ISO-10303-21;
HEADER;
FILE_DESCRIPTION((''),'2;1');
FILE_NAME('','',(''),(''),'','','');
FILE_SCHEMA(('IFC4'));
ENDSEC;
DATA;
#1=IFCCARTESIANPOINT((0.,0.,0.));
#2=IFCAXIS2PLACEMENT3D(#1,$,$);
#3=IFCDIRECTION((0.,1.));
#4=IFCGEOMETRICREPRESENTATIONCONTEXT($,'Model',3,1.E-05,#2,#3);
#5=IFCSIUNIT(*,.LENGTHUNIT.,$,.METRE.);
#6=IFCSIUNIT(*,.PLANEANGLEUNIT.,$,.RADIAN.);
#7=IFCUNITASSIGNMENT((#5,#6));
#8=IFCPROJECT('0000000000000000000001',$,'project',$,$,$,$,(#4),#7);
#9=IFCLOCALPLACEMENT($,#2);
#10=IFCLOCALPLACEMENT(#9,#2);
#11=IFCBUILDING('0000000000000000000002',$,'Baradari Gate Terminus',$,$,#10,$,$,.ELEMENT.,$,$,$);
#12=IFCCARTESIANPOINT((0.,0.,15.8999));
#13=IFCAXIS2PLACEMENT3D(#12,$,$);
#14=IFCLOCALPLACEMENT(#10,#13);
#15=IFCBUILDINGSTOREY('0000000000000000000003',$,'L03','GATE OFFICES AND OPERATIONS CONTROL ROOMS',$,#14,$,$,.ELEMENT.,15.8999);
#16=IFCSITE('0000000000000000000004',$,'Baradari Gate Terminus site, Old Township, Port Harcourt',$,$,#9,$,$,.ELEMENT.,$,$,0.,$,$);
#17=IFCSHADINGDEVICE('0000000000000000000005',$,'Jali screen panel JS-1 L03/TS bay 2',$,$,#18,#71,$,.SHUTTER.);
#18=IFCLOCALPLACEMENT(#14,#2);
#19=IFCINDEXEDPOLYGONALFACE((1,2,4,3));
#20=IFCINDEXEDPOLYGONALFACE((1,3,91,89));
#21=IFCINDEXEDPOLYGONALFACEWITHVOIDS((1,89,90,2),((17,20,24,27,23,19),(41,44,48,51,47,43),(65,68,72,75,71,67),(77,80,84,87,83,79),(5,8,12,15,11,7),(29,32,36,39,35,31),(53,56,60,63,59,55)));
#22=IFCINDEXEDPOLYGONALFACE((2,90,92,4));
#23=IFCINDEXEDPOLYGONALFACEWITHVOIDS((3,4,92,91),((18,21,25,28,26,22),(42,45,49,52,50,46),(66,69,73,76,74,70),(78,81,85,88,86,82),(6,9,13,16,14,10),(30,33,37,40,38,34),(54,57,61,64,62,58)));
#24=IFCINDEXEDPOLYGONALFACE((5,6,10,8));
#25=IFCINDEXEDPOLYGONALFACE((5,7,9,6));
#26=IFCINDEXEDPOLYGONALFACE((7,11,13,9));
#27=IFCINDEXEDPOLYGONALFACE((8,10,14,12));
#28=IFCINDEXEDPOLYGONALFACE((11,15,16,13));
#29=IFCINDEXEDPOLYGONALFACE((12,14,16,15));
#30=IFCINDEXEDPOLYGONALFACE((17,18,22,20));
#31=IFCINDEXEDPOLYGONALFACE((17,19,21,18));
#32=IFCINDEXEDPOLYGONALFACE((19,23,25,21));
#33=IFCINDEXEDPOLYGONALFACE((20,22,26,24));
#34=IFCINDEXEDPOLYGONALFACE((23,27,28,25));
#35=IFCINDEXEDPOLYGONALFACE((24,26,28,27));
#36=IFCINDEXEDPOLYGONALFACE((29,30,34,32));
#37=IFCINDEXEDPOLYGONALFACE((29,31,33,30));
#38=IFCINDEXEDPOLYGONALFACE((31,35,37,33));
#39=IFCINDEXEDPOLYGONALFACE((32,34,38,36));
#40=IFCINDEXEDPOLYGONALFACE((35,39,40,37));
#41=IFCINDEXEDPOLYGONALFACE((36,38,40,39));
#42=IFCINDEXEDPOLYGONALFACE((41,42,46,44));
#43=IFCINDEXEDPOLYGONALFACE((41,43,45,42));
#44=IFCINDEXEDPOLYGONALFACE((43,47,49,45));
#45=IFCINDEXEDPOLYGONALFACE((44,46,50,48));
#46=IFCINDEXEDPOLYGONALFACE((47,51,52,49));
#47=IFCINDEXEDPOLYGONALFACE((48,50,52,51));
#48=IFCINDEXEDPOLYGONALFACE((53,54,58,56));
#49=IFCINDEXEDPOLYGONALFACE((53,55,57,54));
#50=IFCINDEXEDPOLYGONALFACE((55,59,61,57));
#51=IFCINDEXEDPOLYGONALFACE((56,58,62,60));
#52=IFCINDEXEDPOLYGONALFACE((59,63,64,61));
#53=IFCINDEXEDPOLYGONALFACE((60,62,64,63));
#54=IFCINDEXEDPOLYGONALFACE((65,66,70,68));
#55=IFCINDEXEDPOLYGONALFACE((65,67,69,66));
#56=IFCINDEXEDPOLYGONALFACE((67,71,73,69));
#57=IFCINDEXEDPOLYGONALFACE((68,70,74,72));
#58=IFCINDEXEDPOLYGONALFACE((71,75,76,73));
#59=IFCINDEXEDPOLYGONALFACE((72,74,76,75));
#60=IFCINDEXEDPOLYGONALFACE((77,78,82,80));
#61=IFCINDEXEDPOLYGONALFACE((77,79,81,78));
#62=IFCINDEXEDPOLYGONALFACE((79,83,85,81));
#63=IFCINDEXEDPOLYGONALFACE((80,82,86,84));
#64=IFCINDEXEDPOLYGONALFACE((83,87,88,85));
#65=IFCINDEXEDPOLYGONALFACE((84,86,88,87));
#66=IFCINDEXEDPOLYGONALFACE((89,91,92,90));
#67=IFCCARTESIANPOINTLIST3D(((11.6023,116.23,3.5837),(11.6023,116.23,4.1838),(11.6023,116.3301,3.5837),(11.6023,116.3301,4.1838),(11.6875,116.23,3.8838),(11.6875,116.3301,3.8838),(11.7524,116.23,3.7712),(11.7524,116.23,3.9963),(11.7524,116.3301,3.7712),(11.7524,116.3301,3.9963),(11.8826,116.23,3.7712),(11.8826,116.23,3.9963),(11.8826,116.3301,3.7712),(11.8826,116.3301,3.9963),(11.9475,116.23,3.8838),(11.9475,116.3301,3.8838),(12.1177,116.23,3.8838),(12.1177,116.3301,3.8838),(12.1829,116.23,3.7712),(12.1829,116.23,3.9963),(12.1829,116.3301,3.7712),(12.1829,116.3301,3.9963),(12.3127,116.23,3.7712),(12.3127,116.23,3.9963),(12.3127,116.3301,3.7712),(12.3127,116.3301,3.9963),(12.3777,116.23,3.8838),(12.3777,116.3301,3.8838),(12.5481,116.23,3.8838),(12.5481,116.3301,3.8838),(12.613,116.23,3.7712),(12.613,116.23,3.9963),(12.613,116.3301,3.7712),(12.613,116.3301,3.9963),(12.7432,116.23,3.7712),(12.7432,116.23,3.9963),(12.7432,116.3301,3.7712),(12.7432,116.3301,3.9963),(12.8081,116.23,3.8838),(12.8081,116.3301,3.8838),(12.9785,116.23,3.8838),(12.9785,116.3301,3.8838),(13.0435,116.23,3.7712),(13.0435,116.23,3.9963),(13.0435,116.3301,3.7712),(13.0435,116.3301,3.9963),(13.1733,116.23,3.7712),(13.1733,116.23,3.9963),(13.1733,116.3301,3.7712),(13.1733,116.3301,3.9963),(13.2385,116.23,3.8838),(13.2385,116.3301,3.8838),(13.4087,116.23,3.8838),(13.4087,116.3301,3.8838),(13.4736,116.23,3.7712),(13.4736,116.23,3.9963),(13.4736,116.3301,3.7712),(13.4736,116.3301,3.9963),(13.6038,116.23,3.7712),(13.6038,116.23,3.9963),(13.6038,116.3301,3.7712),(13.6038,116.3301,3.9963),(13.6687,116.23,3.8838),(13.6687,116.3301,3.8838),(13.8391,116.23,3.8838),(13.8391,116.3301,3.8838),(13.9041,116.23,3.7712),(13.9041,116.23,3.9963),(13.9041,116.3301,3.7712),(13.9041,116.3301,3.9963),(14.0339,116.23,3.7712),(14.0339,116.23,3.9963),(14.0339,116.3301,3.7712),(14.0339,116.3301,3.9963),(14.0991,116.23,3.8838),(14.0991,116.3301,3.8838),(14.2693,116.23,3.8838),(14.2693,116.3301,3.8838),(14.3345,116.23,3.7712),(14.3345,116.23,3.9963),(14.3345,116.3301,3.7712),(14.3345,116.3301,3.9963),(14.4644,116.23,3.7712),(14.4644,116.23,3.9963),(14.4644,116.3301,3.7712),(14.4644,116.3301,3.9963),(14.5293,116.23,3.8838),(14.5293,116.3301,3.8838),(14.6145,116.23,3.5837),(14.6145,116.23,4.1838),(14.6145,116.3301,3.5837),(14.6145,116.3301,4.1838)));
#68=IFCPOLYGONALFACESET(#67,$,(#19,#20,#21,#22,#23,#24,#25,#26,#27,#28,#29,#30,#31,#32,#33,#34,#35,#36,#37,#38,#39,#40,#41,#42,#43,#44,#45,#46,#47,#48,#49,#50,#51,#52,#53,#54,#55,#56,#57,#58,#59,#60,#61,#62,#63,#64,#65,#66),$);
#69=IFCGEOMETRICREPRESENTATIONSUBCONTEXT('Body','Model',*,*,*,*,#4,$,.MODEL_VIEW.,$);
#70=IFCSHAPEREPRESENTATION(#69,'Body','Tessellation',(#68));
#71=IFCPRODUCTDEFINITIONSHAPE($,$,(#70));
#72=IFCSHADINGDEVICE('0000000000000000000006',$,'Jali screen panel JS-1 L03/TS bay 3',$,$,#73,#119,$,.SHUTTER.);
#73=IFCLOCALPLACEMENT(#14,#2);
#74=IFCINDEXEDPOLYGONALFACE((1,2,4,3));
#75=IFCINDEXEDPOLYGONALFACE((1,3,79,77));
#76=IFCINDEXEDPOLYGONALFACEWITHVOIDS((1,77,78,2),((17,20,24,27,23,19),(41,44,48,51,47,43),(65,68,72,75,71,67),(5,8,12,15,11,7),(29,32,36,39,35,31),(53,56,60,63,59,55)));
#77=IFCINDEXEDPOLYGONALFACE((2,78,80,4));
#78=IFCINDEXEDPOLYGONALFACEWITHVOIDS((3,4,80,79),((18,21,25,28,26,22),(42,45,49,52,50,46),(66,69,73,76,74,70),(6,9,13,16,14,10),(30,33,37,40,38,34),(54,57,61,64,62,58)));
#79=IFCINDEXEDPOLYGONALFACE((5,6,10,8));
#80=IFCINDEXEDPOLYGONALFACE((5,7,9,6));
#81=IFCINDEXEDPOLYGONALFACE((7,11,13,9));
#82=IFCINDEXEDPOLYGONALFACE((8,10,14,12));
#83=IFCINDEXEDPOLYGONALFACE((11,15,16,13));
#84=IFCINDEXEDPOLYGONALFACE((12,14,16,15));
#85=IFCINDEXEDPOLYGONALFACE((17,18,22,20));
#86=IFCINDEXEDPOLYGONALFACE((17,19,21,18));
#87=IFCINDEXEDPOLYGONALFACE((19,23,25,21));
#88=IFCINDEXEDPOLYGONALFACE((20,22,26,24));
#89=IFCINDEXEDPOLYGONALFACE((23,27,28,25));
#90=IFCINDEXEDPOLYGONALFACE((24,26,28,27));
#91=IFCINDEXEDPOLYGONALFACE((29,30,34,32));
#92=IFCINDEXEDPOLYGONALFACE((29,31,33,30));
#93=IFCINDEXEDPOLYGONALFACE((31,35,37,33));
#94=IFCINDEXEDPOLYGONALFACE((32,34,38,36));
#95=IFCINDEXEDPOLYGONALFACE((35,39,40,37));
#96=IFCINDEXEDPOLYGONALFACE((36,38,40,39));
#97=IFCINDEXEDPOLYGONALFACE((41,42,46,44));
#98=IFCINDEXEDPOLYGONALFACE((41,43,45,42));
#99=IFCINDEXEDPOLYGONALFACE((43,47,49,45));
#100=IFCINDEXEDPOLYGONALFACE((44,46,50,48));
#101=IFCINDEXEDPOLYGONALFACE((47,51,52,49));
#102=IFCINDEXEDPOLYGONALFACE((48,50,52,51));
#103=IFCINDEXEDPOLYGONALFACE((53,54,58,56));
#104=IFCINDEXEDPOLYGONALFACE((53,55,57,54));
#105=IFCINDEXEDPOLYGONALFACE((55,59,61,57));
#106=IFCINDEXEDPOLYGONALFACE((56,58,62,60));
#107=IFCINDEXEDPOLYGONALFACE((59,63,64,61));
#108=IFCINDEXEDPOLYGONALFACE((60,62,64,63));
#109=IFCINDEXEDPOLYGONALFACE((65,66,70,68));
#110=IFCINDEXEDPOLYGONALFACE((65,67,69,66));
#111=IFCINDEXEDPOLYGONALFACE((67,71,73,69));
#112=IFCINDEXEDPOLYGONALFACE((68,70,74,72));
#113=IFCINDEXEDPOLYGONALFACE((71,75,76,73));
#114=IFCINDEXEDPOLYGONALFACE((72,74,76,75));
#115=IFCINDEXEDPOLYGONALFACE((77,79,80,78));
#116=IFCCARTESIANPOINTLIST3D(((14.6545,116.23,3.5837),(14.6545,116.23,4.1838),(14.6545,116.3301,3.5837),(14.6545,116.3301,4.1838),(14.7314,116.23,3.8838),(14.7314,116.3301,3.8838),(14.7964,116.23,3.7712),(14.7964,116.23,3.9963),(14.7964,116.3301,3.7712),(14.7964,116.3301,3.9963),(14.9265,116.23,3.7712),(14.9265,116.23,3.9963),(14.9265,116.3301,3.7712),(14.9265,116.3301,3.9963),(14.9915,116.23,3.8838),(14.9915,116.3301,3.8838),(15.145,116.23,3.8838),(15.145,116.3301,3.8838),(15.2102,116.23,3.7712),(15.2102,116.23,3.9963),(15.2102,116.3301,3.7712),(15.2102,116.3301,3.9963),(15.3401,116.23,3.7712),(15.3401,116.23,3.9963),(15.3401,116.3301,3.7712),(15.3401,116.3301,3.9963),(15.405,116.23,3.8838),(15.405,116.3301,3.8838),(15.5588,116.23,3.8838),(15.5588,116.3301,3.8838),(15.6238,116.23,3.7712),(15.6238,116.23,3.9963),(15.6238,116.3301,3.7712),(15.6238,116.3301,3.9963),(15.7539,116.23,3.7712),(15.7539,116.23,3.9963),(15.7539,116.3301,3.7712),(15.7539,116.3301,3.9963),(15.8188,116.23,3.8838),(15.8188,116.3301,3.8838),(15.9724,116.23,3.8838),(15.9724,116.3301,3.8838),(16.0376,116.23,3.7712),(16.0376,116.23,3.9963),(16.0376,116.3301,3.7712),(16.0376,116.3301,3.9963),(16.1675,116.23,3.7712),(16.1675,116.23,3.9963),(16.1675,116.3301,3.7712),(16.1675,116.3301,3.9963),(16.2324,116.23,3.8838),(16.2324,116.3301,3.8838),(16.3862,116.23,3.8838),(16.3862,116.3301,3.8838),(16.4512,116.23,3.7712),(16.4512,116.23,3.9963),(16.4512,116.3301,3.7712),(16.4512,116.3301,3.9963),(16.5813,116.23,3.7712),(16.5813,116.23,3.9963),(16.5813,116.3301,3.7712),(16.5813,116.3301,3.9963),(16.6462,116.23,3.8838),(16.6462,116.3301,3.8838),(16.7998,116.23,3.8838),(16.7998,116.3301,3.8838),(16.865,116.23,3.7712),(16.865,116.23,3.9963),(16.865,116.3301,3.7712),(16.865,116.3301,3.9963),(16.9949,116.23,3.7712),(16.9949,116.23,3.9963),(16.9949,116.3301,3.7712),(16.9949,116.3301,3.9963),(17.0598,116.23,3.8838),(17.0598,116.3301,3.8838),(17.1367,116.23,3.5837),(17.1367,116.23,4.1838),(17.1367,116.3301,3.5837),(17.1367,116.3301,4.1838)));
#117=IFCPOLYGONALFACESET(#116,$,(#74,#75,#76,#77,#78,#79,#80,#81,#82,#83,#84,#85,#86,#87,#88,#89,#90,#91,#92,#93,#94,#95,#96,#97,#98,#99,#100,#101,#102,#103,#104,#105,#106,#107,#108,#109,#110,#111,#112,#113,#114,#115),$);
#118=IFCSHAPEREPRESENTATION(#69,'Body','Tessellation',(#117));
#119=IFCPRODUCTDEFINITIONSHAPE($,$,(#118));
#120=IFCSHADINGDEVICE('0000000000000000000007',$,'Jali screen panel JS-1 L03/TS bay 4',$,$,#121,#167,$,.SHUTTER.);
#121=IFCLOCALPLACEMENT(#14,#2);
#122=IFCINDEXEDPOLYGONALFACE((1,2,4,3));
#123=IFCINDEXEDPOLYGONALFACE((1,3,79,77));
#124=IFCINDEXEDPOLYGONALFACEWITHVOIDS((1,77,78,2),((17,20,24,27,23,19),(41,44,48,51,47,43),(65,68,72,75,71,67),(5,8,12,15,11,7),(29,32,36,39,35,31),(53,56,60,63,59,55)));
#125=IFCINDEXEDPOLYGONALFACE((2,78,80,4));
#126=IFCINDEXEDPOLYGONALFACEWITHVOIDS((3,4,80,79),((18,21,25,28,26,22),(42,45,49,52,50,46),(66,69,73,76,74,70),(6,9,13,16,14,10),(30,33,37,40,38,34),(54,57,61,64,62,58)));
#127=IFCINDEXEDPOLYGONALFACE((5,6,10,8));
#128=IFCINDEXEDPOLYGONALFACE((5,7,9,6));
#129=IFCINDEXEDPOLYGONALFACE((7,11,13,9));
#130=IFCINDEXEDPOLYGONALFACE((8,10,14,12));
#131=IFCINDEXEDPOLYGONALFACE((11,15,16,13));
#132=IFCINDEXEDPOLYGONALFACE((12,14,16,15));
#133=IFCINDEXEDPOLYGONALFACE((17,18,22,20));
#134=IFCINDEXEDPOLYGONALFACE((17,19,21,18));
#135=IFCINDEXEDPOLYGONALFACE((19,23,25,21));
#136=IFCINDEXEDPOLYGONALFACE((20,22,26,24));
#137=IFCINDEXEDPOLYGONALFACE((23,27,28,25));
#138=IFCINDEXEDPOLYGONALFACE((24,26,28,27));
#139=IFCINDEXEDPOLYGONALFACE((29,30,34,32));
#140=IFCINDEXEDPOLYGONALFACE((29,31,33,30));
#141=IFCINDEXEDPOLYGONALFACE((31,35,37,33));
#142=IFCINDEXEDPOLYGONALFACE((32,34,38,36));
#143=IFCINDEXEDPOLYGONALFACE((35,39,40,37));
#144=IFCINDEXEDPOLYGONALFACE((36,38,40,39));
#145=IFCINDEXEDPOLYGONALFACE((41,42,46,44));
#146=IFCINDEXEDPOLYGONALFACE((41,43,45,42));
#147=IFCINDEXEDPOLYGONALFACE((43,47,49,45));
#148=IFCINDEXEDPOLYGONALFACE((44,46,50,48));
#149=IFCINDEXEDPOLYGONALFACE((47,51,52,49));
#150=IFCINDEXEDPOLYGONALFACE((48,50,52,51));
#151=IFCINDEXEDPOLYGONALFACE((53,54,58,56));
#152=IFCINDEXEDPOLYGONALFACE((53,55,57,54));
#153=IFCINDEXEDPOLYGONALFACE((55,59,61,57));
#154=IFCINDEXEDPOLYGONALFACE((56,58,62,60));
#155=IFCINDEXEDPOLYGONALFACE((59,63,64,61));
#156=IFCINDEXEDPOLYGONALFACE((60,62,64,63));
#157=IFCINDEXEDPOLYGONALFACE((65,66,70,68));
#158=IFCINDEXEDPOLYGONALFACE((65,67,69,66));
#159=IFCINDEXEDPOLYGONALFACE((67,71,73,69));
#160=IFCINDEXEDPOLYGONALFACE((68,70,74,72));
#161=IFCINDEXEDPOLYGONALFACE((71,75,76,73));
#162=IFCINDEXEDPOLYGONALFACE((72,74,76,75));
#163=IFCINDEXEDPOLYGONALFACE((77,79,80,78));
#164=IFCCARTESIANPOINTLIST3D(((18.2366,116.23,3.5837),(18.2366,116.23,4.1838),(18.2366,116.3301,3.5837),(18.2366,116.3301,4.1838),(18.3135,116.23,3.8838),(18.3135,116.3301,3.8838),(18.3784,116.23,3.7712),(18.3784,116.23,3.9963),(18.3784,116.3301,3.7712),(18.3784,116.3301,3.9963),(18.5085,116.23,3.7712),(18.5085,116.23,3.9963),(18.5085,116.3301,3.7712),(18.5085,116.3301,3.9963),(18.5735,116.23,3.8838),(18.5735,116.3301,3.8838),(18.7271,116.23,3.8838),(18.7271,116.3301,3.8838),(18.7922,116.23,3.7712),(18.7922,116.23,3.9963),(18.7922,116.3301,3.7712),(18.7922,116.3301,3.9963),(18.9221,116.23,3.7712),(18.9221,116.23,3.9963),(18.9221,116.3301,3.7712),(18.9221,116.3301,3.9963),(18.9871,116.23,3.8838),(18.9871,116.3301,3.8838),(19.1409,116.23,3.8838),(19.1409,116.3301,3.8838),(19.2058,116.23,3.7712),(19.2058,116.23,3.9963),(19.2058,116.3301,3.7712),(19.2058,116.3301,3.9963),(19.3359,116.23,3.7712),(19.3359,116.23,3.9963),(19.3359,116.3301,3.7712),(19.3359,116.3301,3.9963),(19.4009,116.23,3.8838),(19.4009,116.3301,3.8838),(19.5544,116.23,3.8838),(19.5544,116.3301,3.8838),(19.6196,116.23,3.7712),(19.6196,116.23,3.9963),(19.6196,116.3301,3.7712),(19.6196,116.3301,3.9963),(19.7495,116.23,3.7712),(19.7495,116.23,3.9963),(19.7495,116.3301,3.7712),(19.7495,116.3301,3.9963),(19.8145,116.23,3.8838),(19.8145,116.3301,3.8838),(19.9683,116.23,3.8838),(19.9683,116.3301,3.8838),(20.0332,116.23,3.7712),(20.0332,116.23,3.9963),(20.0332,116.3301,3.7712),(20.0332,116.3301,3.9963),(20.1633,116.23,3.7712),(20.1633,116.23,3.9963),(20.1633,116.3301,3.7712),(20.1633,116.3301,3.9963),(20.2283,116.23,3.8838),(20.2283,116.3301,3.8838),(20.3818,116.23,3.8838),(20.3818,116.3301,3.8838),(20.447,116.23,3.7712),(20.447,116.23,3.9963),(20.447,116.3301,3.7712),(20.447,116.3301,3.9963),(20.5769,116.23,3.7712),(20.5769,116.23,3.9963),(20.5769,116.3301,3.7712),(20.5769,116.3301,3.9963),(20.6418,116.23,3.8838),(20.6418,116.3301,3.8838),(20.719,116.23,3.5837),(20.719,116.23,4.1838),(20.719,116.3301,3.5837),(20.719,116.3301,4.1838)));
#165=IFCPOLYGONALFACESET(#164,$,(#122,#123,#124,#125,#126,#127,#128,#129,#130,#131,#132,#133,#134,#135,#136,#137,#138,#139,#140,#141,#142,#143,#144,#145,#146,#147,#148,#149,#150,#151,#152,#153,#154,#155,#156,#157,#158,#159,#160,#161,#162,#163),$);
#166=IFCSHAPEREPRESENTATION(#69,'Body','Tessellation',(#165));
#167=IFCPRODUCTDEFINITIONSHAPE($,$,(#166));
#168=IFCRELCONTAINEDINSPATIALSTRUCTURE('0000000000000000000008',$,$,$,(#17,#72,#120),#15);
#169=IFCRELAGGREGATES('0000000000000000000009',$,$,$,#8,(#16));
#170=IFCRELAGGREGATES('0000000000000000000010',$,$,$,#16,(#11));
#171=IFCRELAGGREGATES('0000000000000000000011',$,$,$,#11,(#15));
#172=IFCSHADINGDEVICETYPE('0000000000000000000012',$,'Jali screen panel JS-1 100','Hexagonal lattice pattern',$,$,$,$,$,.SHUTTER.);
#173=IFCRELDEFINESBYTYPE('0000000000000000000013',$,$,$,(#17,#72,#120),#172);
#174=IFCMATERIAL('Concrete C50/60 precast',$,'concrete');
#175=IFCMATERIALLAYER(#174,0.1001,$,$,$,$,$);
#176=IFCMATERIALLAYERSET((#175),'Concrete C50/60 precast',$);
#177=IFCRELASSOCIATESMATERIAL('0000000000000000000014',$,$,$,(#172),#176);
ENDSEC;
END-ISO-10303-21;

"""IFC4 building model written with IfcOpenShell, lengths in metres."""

from ifc_helpers import new_model, si_unit, direction, frame, origin, place, context, subcontext, project, spatial, polyline, outline, extrude, material, layer, layer_set, type_object, element, save


model = new_model("IFC4")

# Units and contexts
model_context = context("Model", 3, precision=1e-05, world=origin(), true_north=direction((0.0, 1.0)))
body_context = subcontext(model_context, "Body", "Model", "MODEL_VIEW")
ifc_project = project(units=[si_unit("LENGTHUNIT", "METRE"), si_unit("PLANEANGLEUNIT", "RADIAN")], contexts=[model_context])

# Site, building, storey
site_placement = place(None, origin())
site = spatial("IfcSite", under=ifc_project, at=site_placement, Name="Baradari Gate Terminus site, Old Township, Port Harcourt", CompositionType="ELEMENT", RefElevation=0.0)
building_placement = place(site_placement, origin())
building = spatial("IfcBuilding", under=site, at=building_placement, Name="Baradari Gate Terminus", CompositionType="ELEMENT")
storey_placement = place(building_placement, frame((0.0, 0.0, 15.8999)))
storey = spatial("IfcBuildingStorey", under=building, at=storey_placement, Name="L03", Description="GATE OFFICES AND OPERATIONS CONTROL ROOMS", CompositionType="ELEMENT", Elevation=15.8999)

# Shading devices
ifc_material_1 = material(Name="Concrete C50/60 precast", Category="concrete")
ifc_layer_1 = layer(ifc_material_1, 0.1001)
ifc_layer_set_1 = layer_set([ifc_layer_1], Name="Concrete C50/60 precast")
shading_device_type = type_object("IfcShadingDeviceType", Name="Jali screen panel JS-1 100", Description="Hexagonal lattice pattern", PredefinedType="SHUTTER", material=ifc_layer_set_1)
shading_device_1_placement = place(storey_placement, frame((11.6023, 116.28, 3.5837), z_axis=(0.0, 0.0, 1.0), x_axis=(1.0, 0.0, 0.0)))
element("IfcShadingDevice", 1, at=shading_device_1_placement, inside=storey, type_object=shading_device_type, Name="Jali screen panel JS-1 L03/TS bay 2", PredefinedType="SHUTTER", context=body_context, shape_type="SweptSolid", body=[
    extrude(outline(polyline([(0.0, 0.0), (3.0122, 0.0), (3.0122, 0.6001), (0.0, 0.6001), (0.0, 0.0)]), holes=[polyline([(0.3452, 0.3), (0.2803, 0.1875), (0.1501, 0.1875), (0.0852, 0.3), (0.1501, 0.4126), (0.2803, 0.4126), (0.3452, 0.3)]), polyline([(0.7754, 0.3), (0.7104, 0.1875), (0.5806, 0.1875), (0.5154, 0.3), (0.5806, 0.4126), (0.7104, 0.4126), (0.7754, 0.3)]), polyline([(1.2058, 0.3), (1.1409, 0.1875), (1.0107, 0.1875), (0.9458, 0.3), (1.0107, 0.4126), (1.1409, 0.4126), (1.2058, 0.3)]), polyline([(1.6362, 0.3), (1.571, 0.1875), (1.4412, 0.1875), (1.3762, 0.3), (1.4412, 0.4126), (1.571, 0.4126), (1.6362, 0.3)]), polyline([(2.0664, 0.3), (2.0015, 0.1875), (1.8713, 0.1875), (1.8064, 0.3), (1.8713, 0.4126), (2.0015, 0.4126), (2.0664, 0.3)]), polyline([(2.4968, 0.3), (2.4316, 0.1875), (2.3018, 0.1875), (2.2368, 0.3), (2.3018, 0.4126), (2.4316, 0.4126), (2.4968, 0.3)]), polyline([(2.927, 0.3), (2.8621, 0.1875), (2.7322, 0.1875), (2.667, 0.3), (2.7322, 0.4126), (2.8621, 0.4126), (2.927, 0.3)])]), frame((0.0, 0.05, 0.0), z_axis=(0.0, -1.0, 0.0), x_axis=(1.0, 0.0, 0.0)), (0.0, 0.0, 1.0), 0.1001),
])
shading_device_2_placement = place(storey_placement, frame((14.6545, 116.28, 3.5837), z_axis=(0.0, 0.0, 1.0), x_axis=(1.0, 0.0, 0.0)))
element("IfcShadingDevice", 2, at=shading_device_2_placement, inside=storey, type_object=shading_device_type, Name="Jali screen panel JS-1 L03/TS bay 3", PredefinedType="SHUTTER", context=body_context, shape_type="SweptSolid", body=[
    extrude(outline(polyline([(0.0, 0.0), (2.4822, 0.0), (2.4822, 0.6001), (0.0, 0.6001), (0.0, 0.0)]), holes=[polyline([(0.3369, 0.3), (0.272, 0.1875), (0.1418, 0.1875), (0.0769, 0.3), (0.1418, 0.4126), (0.272, 0.4126), (0.3369, 0.3)]), polyline([(0.7505, 0.3), (0.6855, 0.1875), (0.5557, 0.1875), (0.4905, 0.3), (0.5557, 0.4126), (0.6855, 0.4126), (0.7505, 0.3)]), polyline([(1.1643, 0.3), (1.0994, 0.1875), (0.9692, 0.1875), (0.9043, 0.3), (0.9692, 0.4126), (1.0994, 0.4126), (1.1643, 0.3)]), polyline([(1.5779, 0.3), (1.5129, 0.1875), (1.3831, 0.1875), (1.3179, 0.3), (1.3831, 0.4126), (1.5129, 0.4126), (1.5779, 0.3)]), polyline([(1.9917, 0.3), (1.9268, 0.1875), (1.7966, 0.1875), (1.7317, 0.3), (1.7966, 0.4126), (1.9268, 0.4126), (1.9917, 0.3)]), polyline([(2.4053, 0.3), (2.3403, 0.1875), (2.2104, 0.1875), (2.1453, 0.3), (2.2104, 0.4126), (2.3403, 0.4126), (2.4053, 0.3)])]), frame((0.0, 0.05, 0.0), z_axis=(0.0, -1.0, 0.0), x_axis=(1.0, 0.0, 0.0)), (0.0, 0.0, 1.0), 0.1001),
])
shading_device_3_placement = place(storey_placement, frame((18.2366, 116.28, 3.5837), z_axis=(0.0, 0.0, 1.0), x_axis=(1.0, 0.0, 0.0)))
element("IfcShadingDevice", 3, at=shading_device_3_placement, inside=storey, type_object=shading_device_type, Name="Jali screen panel JS-1 L03/TS bay 4", PredefinedType="SHUTTER", context=body_context, shape_type="SweptSolid", body=[
    extrude(outline(polyline([(0.0, 0.0), (2.4824, 0.0), (2.4824, 0.6001), (0.0, 0.6001), (0.0, 0.0)]), holes=[polyline([(0.3369, 0.3), (0.272, 0.1875), (0.1418, 0.1875), (0.0769, 0.3), (0.1418, 0.4126), (0.272, 0.4126), (0.3369, 0.3)]), polyline([(0.7505, 0.3), (0.6855, 0.1875), (0.5557, 0.1875), (0.4905, 0.3), (0.5557, 0.4126), (0.6855, 0.4126), (0.7505, 0.3)]), polyline([(1.1643, 0.3), (1.0994, 0.1875), (0.9692, 0.1875), (0.9043, 0.3), (0.9692, 0.4126), (1.0994, 0.4126), (1.1643, 0.3)]), polyline([(1.5779, 0.3), (1.5129, 0.1875), (1.3831, 0.1875), (1.3179, 0.3), (1.3831, 0.4126), (1.5129, 0.4126), (1.5779, 0.3)]), polyline([(1.9917, 0.3), (1.9268, 0.1875), (1.7966, 0.1875), (1.7317, 0.3), (1.7966, 0.4126), (1.9268, 0.4126), (1.9917, 0.3)]), polyline([(2.4053, 0.3), (2.3403, 0.1875), (2.2104, 0.1875), (2.1453, 0.3), (2.2104, 0.4126), (2.3403, 0.4126), (2.4053, 0.3)])]), frame((0.0, 0.05, 0.0), z_axis=(0.0, -1.0, 0.0), x_axis=(1.0, 0.0, 0.0)), (0.0, 0.0, 1.0), 0.1001),
])

save(model, "model.ifc")
